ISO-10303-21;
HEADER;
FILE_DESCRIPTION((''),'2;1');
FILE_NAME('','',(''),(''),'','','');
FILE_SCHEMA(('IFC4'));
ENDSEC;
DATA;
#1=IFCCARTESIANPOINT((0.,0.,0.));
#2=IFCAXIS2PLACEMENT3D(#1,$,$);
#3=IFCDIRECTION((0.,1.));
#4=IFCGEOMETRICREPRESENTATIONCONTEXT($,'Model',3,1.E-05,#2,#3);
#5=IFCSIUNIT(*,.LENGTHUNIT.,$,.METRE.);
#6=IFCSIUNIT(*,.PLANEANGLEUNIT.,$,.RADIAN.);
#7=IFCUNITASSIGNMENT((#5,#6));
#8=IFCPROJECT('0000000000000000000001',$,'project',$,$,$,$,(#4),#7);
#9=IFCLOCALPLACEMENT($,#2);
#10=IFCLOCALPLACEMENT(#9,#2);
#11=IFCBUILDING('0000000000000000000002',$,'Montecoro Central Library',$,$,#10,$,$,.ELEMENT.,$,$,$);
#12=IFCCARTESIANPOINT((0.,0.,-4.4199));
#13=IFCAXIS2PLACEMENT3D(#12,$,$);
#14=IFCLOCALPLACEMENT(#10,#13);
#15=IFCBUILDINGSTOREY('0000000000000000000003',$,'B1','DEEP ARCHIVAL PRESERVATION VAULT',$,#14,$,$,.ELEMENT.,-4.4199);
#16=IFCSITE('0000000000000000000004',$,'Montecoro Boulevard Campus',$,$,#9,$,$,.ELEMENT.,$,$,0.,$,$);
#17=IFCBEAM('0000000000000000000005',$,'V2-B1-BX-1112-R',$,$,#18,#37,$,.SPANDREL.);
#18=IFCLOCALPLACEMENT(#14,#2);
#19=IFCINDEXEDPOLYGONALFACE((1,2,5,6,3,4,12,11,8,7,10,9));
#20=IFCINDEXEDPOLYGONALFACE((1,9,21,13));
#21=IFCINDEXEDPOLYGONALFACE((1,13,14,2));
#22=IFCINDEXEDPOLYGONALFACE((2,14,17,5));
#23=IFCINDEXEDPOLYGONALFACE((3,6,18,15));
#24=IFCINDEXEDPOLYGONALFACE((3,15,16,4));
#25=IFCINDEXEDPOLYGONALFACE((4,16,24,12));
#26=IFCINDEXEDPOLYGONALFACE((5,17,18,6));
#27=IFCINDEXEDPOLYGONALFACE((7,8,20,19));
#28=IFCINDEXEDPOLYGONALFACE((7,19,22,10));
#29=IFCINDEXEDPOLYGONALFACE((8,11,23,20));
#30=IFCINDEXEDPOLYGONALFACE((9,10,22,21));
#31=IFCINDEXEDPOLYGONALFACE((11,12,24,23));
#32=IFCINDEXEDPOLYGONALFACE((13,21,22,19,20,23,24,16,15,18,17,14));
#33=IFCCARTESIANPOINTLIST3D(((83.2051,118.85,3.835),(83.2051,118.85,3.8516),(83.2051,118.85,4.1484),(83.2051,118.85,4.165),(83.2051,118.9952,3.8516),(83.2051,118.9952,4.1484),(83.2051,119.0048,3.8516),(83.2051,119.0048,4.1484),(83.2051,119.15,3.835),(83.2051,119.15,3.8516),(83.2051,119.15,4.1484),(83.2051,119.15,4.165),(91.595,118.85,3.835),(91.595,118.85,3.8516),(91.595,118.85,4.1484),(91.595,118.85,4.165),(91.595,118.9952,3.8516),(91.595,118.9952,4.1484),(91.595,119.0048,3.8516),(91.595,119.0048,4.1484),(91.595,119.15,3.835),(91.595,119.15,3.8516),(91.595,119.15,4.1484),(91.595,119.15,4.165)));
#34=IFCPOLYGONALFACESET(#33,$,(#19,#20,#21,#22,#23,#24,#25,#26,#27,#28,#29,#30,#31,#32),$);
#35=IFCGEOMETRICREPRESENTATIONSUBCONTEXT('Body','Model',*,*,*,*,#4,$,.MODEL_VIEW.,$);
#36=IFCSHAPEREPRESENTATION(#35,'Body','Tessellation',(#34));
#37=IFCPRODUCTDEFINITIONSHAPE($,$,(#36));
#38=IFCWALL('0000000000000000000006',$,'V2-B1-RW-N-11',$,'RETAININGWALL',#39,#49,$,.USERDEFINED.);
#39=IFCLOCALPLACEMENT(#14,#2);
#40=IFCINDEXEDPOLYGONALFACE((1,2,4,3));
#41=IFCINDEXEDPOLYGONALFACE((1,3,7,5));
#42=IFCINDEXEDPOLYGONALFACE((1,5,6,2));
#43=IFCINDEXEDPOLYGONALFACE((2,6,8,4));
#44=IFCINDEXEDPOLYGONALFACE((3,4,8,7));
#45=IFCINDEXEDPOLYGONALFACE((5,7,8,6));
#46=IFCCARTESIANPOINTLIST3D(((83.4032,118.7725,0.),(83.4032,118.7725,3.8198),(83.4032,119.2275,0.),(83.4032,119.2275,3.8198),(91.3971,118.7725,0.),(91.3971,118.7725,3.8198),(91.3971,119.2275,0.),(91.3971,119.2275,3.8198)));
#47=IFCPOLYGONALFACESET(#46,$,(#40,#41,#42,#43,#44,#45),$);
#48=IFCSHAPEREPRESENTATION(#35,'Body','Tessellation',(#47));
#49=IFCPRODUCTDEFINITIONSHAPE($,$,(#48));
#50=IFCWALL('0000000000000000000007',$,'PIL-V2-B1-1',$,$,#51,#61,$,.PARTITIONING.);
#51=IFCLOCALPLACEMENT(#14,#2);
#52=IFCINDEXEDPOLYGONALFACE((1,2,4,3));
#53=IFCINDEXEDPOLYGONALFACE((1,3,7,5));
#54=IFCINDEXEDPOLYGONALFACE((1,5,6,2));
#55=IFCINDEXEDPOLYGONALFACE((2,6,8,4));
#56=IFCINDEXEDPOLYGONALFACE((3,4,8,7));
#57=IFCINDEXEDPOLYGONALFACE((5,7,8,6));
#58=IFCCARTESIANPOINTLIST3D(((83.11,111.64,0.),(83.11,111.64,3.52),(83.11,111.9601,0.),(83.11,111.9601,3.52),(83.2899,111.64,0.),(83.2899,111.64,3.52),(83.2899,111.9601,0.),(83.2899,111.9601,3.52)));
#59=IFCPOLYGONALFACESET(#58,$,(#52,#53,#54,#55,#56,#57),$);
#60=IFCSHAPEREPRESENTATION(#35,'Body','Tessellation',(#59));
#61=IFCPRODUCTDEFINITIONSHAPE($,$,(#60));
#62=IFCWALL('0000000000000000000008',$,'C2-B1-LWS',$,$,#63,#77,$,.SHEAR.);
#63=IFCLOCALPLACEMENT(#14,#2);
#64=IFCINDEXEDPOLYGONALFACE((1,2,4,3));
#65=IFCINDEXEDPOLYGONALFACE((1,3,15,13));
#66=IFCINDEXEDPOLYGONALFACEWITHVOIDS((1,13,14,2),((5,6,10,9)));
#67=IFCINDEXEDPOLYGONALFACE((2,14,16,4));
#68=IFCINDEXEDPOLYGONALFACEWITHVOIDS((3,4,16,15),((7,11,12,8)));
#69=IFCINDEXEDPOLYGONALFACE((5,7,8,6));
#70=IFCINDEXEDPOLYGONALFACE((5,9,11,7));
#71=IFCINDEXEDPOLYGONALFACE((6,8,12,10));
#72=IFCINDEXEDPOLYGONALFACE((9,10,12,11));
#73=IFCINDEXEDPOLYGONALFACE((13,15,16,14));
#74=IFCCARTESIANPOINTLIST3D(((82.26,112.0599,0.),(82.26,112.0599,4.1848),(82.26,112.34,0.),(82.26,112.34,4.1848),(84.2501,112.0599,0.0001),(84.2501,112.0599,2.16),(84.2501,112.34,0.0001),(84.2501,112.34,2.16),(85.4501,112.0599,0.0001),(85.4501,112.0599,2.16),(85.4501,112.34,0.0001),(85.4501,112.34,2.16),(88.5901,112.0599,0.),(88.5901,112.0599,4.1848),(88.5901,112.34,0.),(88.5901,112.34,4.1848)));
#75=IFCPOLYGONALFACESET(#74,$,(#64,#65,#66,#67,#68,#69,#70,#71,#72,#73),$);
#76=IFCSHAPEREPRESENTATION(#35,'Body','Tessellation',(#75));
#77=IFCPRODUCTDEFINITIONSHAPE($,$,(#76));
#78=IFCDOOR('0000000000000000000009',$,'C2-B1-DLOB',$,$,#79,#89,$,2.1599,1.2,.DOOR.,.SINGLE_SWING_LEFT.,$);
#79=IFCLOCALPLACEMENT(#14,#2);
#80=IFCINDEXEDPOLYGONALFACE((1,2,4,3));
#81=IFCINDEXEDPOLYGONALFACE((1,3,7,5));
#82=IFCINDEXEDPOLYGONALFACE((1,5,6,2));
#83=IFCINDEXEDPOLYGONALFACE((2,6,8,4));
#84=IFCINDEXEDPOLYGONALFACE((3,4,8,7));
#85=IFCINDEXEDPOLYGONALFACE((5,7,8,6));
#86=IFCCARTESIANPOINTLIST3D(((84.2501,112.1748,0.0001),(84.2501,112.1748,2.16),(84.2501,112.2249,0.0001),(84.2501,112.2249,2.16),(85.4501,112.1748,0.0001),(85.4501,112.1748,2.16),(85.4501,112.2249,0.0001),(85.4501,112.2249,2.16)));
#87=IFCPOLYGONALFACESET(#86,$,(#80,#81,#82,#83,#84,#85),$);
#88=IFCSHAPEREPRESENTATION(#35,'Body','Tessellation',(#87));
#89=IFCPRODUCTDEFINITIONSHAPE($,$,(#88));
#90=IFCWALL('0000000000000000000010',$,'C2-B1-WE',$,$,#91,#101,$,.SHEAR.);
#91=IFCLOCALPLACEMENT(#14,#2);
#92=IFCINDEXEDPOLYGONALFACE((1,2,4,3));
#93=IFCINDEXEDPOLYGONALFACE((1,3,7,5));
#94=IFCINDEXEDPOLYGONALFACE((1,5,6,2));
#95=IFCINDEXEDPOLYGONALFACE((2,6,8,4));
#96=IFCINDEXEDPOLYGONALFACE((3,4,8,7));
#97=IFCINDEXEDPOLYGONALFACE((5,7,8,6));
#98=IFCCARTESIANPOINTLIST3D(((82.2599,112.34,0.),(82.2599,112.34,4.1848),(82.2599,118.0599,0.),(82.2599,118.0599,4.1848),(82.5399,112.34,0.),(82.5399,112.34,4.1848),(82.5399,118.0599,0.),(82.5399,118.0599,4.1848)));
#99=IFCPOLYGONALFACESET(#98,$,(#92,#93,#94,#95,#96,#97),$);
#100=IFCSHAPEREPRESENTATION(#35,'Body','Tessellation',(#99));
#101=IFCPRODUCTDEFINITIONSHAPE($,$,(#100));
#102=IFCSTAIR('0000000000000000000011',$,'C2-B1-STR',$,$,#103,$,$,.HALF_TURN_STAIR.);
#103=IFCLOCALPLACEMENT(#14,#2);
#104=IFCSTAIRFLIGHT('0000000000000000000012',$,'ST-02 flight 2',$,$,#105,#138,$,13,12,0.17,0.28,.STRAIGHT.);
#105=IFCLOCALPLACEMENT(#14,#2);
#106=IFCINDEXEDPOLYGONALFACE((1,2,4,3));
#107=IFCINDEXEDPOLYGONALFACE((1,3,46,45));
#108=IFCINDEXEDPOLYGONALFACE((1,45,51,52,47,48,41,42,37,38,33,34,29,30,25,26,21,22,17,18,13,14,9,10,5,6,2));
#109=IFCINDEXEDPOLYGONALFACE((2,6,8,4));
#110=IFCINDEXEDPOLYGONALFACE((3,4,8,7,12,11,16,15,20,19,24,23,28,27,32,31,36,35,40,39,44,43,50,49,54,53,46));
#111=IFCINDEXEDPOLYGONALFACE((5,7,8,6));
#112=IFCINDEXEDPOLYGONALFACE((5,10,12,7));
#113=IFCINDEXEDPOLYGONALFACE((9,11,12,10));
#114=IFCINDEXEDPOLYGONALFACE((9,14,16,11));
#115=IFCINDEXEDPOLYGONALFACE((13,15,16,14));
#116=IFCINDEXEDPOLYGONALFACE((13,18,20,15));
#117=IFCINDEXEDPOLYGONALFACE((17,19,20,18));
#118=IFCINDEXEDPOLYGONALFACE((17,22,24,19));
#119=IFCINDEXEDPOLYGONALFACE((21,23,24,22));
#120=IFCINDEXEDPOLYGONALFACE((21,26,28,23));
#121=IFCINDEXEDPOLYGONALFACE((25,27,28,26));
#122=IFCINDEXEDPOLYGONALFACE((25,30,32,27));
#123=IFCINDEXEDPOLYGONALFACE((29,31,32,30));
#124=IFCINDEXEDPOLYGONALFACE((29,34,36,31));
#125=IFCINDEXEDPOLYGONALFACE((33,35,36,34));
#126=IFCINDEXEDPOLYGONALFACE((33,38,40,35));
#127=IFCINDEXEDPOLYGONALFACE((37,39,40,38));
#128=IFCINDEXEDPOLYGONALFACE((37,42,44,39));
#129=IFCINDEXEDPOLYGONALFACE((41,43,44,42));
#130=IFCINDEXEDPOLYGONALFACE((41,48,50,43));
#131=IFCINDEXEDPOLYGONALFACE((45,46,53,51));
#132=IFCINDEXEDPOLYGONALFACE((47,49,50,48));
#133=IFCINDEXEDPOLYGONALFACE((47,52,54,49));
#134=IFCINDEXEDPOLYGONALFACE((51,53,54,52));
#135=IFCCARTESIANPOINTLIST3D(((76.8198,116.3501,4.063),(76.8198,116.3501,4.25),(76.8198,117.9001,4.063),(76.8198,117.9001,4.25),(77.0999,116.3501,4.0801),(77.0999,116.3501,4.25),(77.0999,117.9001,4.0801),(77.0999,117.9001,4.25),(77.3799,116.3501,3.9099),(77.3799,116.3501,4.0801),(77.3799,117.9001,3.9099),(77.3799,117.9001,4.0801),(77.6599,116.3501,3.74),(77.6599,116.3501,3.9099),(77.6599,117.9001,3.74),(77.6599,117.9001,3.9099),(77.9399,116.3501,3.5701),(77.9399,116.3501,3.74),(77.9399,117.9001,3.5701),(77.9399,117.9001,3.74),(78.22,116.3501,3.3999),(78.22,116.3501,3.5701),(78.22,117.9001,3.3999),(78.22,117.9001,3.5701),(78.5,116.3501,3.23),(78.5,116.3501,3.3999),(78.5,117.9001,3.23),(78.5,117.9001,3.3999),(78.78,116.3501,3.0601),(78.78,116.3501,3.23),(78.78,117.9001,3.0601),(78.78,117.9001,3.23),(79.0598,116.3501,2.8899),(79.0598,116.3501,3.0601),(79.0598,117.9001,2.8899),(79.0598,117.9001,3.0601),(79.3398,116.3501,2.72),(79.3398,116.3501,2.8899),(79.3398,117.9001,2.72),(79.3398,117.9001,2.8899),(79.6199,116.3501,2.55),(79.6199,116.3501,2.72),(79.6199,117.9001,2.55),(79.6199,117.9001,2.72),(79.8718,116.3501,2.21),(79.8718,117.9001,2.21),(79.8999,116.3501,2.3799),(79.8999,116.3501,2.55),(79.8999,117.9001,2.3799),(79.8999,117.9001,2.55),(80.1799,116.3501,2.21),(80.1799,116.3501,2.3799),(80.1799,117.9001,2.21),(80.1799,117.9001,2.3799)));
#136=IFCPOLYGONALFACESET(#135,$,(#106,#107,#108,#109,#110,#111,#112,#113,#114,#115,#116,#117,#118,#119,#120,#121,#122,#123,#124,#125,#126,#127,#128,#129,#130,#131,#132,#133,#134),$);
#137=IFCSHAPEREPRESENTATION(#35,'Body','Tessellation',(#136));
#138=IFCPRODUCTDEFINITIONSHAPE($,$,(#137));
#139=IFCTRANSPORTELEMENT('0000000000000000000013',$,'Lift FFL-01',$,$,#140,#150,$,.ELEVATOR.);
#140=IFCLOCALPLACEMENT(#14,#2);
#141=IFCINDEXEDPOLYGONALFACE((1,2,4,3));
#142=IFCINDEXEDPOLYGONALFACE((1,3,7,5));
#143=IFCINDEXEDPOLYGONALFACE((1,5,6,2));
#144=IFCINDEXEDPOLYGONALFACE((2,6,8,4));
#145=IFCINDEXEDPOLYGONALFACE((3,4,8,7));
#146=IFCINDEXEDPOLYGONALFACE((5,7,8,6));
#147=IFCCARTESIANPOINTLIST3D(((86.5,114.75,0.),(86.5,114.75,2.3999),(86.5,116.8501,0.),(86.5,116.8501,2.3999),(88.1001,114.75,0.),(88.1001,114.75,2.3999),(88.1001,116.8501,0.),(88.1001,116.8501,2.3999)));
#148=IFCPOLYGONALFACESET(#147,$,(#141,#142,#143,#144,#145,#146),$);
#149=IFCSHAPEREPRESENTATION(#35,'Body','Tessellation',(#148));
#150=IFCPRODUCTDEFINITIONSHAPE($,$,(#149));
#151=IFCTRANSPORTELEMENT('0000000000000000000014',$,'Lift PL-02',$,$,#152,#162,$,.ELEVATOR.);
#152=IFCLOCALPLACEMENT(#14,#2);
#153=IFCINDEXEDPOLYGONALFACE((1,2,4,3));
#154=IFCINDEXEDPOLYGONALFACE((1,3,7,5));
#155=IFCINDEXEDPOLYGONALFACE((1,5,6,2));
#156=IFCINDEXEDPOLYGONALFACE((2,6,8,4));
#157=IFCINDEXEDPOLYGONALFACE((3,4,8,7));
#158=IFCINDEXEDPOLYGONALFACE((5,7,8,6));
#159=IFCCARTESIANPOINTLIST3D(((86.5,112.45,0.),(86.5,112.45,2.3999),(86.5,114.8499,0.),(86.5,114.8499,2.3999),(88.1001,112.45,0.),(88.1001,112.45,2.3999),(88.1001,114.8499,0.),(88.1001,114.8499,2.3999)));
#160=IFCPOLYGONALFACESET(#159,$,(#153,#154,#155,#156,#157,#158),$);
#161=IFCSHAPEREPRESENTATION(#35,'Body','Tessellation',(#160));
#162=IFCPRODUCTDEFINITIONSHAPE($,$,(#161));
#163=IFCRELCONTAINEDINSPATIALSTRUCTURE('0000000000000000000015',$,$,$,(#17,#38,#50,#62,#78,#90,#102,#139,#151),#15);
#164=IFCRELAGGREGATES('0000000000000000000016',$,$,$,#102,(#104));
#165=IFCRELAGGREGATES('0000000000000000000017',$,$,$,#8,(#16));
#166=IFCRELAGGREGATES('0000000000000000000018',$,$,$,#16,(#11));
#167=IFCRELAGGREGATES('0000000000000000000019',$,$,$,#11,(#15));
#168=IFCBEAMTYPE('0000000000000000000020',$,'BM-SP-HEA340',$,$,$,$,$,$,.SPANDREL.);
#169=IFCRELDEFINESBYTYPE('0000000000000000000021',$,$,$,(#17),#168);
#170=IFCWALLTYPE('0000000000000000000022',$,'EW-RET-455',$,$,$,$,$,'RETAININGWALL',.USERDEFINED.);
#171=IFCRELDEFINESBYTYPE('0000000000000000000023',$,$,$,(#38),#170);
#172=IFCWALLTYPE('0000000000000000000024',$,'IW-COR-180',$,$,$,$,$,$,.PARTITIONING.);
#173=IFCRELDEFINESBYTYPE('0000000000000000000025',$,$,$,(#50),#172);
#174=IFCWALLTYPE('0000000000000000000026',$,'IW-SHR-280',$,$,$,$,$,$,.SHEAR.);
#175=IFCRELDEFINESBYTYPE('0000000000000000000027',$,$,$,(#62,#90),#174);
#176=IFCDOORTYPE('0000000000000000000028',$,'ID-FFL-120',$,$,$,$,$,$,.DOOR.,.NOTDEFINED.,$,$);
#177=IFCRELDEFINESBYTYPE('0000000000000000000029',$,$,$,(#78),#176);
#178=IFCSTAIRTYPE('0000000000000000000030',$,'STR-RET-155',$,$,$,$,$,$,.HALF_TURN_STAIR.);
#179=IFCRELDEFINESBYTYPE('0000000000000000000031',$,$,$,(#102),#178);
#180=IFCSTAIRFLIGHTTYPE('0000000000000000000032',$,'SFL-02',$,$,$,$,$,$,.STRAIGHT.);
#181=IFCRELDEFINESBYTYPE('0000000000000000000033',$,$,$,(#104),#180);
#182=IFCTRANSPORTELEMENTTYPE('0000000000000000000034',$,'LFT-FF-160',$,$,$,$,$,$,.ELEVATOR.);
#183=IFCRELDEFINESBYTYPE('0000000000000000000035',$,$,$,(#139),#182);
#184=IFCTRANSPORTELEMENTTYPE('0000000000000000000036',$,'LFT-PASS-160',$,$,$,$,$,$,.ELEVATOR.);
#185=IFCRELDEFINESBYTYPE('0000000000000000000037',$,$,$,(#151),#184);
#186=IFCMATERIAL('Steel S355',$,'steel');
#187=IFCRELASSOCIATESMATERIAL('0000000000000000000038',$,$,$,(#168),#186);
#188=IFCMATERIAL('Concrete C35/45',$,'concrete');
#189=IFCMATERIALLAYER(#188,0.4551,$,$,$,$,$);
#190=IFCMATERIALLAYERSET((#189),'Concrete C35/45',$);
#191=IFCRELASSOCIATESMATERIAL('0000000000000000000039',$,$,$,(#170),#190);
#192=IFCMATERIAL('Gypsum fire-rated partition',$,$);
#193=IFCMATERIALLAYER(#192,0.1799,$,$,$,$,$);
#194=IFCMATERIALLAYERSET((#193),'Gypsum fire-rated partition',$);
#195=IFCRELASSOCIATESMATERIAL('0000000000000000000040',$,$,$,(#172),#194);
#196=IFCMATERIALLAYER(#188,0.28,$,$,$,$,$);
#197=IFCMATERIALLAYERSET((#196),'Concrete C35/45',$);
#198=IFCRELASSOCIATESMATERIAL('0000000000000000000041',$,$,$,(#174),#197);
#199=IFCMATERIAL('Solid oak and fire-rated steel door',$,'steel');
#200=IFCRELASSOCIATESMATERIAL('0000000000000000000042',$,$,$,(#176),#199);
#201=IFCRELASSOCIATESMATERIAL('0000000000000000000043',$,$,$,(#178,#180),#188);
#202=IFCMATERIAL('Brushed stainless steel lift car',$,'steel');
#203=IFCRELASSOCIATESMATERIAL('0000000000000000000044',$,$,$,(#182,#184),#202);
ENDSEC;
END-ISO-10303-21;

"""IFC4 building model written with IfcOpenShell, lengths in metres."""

from ifc_helpers import new_model, si_unit, direction, frame, frame_2d, origin, origin_2d, place, context, subcontext, project, spatial, polyline, rectangle, i_section, outline, extrude, material, layer, layer_set, material_profile, profile_set, type_object, element, fill, aggregate, save


model = new_model("IFC4")

# Units and contexts
model_context = context("Model", 3, precision=1e-05, world=origin(), true_north=direction((0.0, 1.0)))
body_context = subcontext(model_context, "Body", "Model", "MODEL_VIEW")
ifc_project = project(units=[si_unit("LENGTHUNIT", "METRE"), si_unit("PLANEANGLEUNIT", "RADIAN")], contexts=[model_context])

# Site, building, storey
site_placement = place(None, origin())
site = spatial("IfcSite", under=ifc_project, at=site_placement, Name="Montecoro Boulevard Campus", CompositionType="ELEMENT", RefElevation=0.0)
building_placement = place(site_placement, origin())
building = spatial("IfcBuilding", under=site, at=building_placement, Name="Montecoro Central Library", CompositionType="ELEMENT")
storey_placement = place(building_placement, frame((0.0, 0.0, -4.4199)))
storey = spatial("IfcBuildingStorey", under=building, at=storey_placement, Name="B1", Description="DEEP ARCHIVAL PRESERVATION VAULT", CompositionType="ELEMENT", Elevation=-4.4199)

# Shared definitions
ifc_material_1 = material(Name="Concrete C35/45", Category="concrete")

# Beam
ifc_material_2 = material(Name="Steel S355", Category="steel")
ifc_material_profile_1 = material_profile(ifc_material_2, i_section(OverallWidth=0.3, OverallDepth=0.3301, WebThickness=0.0095, FlangeThickness=0.0166, at=origin_2d()), Name="HEA 340")
ifc_profile_set_1 = profile_set([ifc_material_profile_1], Name="Steel S355")
beam_type_1 = type_object("IfcBeamType", Name="BM-SP-HEA340", PredefinedType="SPANDREL", material=ifc_profile_set_1)
beam_1_placement = place(storey_placement, frame((83.2051, 119.0, 4.0), z_axis=(1.0, 0.0, 0.0), x_axis=(0.0, 1.0, 0.0)))
element("IfcBeam", 1, at=beam_1_placement, inside=storey, type_object=beam_type_1, Name="V2-B1-BX-1112-R", PredefinedType="SPANDREL", context=body_context, shape_type="SweptSolid", body=[
    extrude(i_section(OverallWidth=0.3, OverallDepth=0.3301, WebThickness=0.0095, FlangeThickness=0.0166, at=origin_2d()), origin(), (0.0, 0.0, 1.0), 8.3899),
])

# Walls
ifc_layer_1 = layer(ifc_material_1, 0.4551)
ifc_layer_set_1 = layer_set([ifc_layer_1], Name="Concrete C35/45")
wall_type_1 = type_object("IfcWallType", Name="EW-RET-455", ElementType="RETAININGWALL", PredefinedType="USERDEFINED", material=ifc_layer_set_1)
wall_1_placement = place(storey_placement, frame((83.4031, 119.0, 0.0), z_axis=(0.0, 0.0, 1.0), x_axis=(1.0, 0.0, 0.0)))
element("IfcWall", 2, at=wall_1_placement, inside=storey, type_object=wall_type_1, Name="V2-B1-RW-N-11", ObjectType="RETAININGWALL", PredefinedType="USERDEFINED", context=body_context, shape_type="SweptSolid", body=[
    extrude(rectangle(XDim=7.9939, YDim=0.4551, at=frame_2d((3.9971, 0.0))), origin(), (0.0, 0.0, 1.0), 3.8198),
])
ifc_material_3 = material(Name="Gypsum fire-rated partition")
ifc_layer_2 = layer(ifc_material_3, 0.1799)
ifc_layer_set_2 = layer_set([ifc_layer_2], Name="Gypsum fire-rated partition")
wall_type_2 = type_object("IfcWallType", Name="IW-COR-180", PredefinedType="PARTITIONING", material=ifc_layer_set_2)
wall_2_placement = place(storey_placement, frame((83.2, 111.6399, 0.0), z_axis=(0.0, 0.0, 1.0), x_axis=(0.0, 1.0, 0.0)))
element("IfcWall", 3, at=wall_2_placement, inside=storey, type_object=wall_type_2, Name="PIL-V2-B1-1", PredefinedType="PARTITIONING", context=body_context, shape_type="SweptSolid", body=[
    extrude(rectangle(XDim=0.3201, YDim=0.1799, at=frame_2d((0.1602, 0.0))), origin(), (0.0, 0.0, 1.0), 3.52),
])

# Shared definitions
ifc_material_4 = material(Name="Solid oak and fire-rated steel door", Category="steel")

# Wall, opening, door
ifc_layer_3 = layer(ifc_material_1, 0.28)
ifc_layer_set_3 = layer_set([ifc_layer_3], Name="Concrete C35/45")
wall_type_3 = type_object("IfcWallType", Name="IW-SHR-280", PredefinedType="SHEAR", material=ifc_layer_set_3)
wall_3_placement = place(storey_placement, frame((82.26, 112.2, 0.0), z_axis=(0.0, 0.0, 1.0), x_axis=(1.0, 0.0, 0.0)))
wall_3 = element("IfcWall", 4, at=wall_3_placement, inside=storey, type_object=wall_type_3, Name="C2-B1-LWS", PredefinedType="SHEAR", context=body_context, shape_type="SweptSolid", body=[
    extrude(rectangle(XDim=6.3301, YDim=0.28, at=frame_2d((3.165, 0.0))), origin(), (0.0, 0.0, 1.0), 4.1848),
])
opening_1_placement = place(wall_3_placement, frame((1.99, 0.0, 0.0)))
opening_1 = element("IfcOpeningElement", 5, at=opening_1_placement, cuts=wall_3, PredefinedType="OPENING", context=body_context, shape_type="SweptSolid", body=[
    extrude(rectangle(XDim=1.2, YDim=2.1599, at=frame_2d((0.6001, 1.0801))), frame((0.0, 0.1499, 0.0), z_axis=(0.0, -1.0, 0.0), x_axis=(1.0, 0.0, 0.0)), (0.0, 0.0, 1.0), 0.3),
])
door_type_1 = type_object("IfcDoorType", Name="ID-FFL-120", OperationType="NOTDEFINED", PredefinedType="DOOR", material=ifc_material_4)
door_1_placement = place(opening_1_placement, origin())
door_1 = element("IfcDoor", 6, at=door_1_placement, inside=storey, type_object=door_type_1, Name="C2-B1-DLOB", OperationType="SINGLE_SWING_LEFT", OverallHeight=2.1599, OverallWidth=1.2, PredefinedType="DOOR", context=body_context, shape_type="SweptSolid", body=[
    extrude(rectangle(XDim=1.2, YDim=2.1599, at=frame_2d((0.6001, 1.0801))), frame((0.0, 0.0249, 0.0), z_axis=(0.0, -1.0, 0.0), x_axis=(1.0, 0.0, 0.0)), (0.0, 0.0, 1.0), 0.05),
])
fill(opening_1, door_1)

# Wall
wall_4_placement = place(storey_placement, frame((82.3999, 112.3401, 0.0), z_axis=(0.0, 0.0, 1.0), x_axis=(0.0, 1.0, 0.0)))
element("IfcWall", 7, at=wall_4_placement, inside=storey, type_object=wall_type_3, Name="C2-B1-WE", PredefinedType="SHEAR", context=body_context, shape_type="SweptSolid", body=[
    extrude(rectangle(XDim=5.72, YDim=0.28, at=frame_2d((2.8599, 0.0))), origin(), (0.0, 0.0, 1.0), 4.1848),
])

# Stair, stair flight
stair_type = type_object("IfcStairType", Name="STR-RET-155", PredefinedType="HALF_TURN_STAIR", material=ifc_material_1)
stair_placement = place(storey_placement, origin())
stair = element("IfcStair", 8, at=stair_placement, inside=storey, type_object=stair_type, Name="C2-B1-STR", PredefinedType="HALF_TURN_STAIR")
stair_flight_type = type_object("IfcStairFlightType", Name="SFL-02", PredefinedType="STRAIGHT", material=ifc_material_1)
stair_flight_placement = place(storey_placement, frame((80.1799, 117.125, 2.21), z_axis=(0.0, 0.0, 1.0), x_axis=(-1.0, 0.0, 0.0)))
stair_flight = element("IfcStairFlight", 9, at=stair_flight_placement, type_object=stair_flight_type, Name="ST-02 flight 2", NumberOfRisers=13, NumberOfTreads=12, PredefinedType="STRAIGHT", RiserHeight=0.17, TreadLength=0.28, context=body_context, shape_type="SweptSolid", body=[
    extrude(outline(polyline([(0.0, 0.0), (0.0, 0.1699), (0.28, 0.1699), (0.28, 0.3401), (0.5601, 0.3401), (0.5601, 0.51), (0.8401, 0.51), (0.8401, 0.6799), (1.1201, 0.6799), (1.1201, 0.8501), (1.3999, 0.8501), (1.3999, 1.02), (1.6799, 1.02), (1.6799, 1.1899), (1.96, 1.1899), (1.96, 1.3601), (2.24, 1.3601), (2.24, 1.53), (2.52, 1.53), (2.52, 1.7), (2.8, 1.7), (2.8, 1.8701), (3.0801, 1.8701), (3.0801, 2.04), (3.3601, 2.04), (3.3601, 2.21), (3.3601, 1.853), (0.3081, 0.0), (0.0, 0.0)])), frame((0.0, 0.7749, 0.0), z_axis=(0.0, -1.0, 0.0), x_axis=(1.0, 0.0, 0.0)), (0.0, 0.0, 1.0), 1.55),
])
aggregate(stair, [stair_flight])

# Transport elements
ifc_material_5 = material(Name="Brushed stainless steel lift car", Category="steel")
transport_element_type_1 = type_object("IfcTransportElementType", Name="LFT-FF-160", PredefinedType="ELEVATOR", material=ifc_material_5)
transport_element_1_placement = place(storey_placement, frame((87.3, 115.8, 0.0), z_axis=(0.0, 0.0, 1.0), x_axis=(1.0, 0.0, 0.0)))
element("IfcTransportElement", 10, at=transport_element_1_placement, inside=storey, type_object=transport_element_type_1, Name="Lift FFL-01", PredefinedType="ELEVATOR", context=body_context, shape_type="SweptSolid", body=[
    extrude(rectangle(XDim=1.6001, YDim=2.1001, at=origin_2d()), origin(), (0.0, 0.0, 1.0), 2.3999),
])
transport_element_type_2 = type_object("IfcTransportElementType", Name="LFT-PASS-160", PredefinedType="ELEVATOR", material=ifc_material_5)
transport_element_2_placement = place(storey_placement, frame((87.3, 113.6499, 0.0), z_axis=(0.0, 0.0, 1.0), x_axis=(1.0, 0.0, 0.0)))
element("IfcTransportElement", 11, at=transport_element_2_placement, inside=storey, type_object=transport_element_type_2, Name="Lift PL-02", PredefinedType="ELEVATOR", context=body_context, shape_type="SweptSolid", body=[
    extrude(rectangle(XDim=1.6001, YDim=2.3999, at=origin_2d()), origin(), (0.0, 0.0, 1.0), 2.3999),
])

save(model, "model.ifc")
